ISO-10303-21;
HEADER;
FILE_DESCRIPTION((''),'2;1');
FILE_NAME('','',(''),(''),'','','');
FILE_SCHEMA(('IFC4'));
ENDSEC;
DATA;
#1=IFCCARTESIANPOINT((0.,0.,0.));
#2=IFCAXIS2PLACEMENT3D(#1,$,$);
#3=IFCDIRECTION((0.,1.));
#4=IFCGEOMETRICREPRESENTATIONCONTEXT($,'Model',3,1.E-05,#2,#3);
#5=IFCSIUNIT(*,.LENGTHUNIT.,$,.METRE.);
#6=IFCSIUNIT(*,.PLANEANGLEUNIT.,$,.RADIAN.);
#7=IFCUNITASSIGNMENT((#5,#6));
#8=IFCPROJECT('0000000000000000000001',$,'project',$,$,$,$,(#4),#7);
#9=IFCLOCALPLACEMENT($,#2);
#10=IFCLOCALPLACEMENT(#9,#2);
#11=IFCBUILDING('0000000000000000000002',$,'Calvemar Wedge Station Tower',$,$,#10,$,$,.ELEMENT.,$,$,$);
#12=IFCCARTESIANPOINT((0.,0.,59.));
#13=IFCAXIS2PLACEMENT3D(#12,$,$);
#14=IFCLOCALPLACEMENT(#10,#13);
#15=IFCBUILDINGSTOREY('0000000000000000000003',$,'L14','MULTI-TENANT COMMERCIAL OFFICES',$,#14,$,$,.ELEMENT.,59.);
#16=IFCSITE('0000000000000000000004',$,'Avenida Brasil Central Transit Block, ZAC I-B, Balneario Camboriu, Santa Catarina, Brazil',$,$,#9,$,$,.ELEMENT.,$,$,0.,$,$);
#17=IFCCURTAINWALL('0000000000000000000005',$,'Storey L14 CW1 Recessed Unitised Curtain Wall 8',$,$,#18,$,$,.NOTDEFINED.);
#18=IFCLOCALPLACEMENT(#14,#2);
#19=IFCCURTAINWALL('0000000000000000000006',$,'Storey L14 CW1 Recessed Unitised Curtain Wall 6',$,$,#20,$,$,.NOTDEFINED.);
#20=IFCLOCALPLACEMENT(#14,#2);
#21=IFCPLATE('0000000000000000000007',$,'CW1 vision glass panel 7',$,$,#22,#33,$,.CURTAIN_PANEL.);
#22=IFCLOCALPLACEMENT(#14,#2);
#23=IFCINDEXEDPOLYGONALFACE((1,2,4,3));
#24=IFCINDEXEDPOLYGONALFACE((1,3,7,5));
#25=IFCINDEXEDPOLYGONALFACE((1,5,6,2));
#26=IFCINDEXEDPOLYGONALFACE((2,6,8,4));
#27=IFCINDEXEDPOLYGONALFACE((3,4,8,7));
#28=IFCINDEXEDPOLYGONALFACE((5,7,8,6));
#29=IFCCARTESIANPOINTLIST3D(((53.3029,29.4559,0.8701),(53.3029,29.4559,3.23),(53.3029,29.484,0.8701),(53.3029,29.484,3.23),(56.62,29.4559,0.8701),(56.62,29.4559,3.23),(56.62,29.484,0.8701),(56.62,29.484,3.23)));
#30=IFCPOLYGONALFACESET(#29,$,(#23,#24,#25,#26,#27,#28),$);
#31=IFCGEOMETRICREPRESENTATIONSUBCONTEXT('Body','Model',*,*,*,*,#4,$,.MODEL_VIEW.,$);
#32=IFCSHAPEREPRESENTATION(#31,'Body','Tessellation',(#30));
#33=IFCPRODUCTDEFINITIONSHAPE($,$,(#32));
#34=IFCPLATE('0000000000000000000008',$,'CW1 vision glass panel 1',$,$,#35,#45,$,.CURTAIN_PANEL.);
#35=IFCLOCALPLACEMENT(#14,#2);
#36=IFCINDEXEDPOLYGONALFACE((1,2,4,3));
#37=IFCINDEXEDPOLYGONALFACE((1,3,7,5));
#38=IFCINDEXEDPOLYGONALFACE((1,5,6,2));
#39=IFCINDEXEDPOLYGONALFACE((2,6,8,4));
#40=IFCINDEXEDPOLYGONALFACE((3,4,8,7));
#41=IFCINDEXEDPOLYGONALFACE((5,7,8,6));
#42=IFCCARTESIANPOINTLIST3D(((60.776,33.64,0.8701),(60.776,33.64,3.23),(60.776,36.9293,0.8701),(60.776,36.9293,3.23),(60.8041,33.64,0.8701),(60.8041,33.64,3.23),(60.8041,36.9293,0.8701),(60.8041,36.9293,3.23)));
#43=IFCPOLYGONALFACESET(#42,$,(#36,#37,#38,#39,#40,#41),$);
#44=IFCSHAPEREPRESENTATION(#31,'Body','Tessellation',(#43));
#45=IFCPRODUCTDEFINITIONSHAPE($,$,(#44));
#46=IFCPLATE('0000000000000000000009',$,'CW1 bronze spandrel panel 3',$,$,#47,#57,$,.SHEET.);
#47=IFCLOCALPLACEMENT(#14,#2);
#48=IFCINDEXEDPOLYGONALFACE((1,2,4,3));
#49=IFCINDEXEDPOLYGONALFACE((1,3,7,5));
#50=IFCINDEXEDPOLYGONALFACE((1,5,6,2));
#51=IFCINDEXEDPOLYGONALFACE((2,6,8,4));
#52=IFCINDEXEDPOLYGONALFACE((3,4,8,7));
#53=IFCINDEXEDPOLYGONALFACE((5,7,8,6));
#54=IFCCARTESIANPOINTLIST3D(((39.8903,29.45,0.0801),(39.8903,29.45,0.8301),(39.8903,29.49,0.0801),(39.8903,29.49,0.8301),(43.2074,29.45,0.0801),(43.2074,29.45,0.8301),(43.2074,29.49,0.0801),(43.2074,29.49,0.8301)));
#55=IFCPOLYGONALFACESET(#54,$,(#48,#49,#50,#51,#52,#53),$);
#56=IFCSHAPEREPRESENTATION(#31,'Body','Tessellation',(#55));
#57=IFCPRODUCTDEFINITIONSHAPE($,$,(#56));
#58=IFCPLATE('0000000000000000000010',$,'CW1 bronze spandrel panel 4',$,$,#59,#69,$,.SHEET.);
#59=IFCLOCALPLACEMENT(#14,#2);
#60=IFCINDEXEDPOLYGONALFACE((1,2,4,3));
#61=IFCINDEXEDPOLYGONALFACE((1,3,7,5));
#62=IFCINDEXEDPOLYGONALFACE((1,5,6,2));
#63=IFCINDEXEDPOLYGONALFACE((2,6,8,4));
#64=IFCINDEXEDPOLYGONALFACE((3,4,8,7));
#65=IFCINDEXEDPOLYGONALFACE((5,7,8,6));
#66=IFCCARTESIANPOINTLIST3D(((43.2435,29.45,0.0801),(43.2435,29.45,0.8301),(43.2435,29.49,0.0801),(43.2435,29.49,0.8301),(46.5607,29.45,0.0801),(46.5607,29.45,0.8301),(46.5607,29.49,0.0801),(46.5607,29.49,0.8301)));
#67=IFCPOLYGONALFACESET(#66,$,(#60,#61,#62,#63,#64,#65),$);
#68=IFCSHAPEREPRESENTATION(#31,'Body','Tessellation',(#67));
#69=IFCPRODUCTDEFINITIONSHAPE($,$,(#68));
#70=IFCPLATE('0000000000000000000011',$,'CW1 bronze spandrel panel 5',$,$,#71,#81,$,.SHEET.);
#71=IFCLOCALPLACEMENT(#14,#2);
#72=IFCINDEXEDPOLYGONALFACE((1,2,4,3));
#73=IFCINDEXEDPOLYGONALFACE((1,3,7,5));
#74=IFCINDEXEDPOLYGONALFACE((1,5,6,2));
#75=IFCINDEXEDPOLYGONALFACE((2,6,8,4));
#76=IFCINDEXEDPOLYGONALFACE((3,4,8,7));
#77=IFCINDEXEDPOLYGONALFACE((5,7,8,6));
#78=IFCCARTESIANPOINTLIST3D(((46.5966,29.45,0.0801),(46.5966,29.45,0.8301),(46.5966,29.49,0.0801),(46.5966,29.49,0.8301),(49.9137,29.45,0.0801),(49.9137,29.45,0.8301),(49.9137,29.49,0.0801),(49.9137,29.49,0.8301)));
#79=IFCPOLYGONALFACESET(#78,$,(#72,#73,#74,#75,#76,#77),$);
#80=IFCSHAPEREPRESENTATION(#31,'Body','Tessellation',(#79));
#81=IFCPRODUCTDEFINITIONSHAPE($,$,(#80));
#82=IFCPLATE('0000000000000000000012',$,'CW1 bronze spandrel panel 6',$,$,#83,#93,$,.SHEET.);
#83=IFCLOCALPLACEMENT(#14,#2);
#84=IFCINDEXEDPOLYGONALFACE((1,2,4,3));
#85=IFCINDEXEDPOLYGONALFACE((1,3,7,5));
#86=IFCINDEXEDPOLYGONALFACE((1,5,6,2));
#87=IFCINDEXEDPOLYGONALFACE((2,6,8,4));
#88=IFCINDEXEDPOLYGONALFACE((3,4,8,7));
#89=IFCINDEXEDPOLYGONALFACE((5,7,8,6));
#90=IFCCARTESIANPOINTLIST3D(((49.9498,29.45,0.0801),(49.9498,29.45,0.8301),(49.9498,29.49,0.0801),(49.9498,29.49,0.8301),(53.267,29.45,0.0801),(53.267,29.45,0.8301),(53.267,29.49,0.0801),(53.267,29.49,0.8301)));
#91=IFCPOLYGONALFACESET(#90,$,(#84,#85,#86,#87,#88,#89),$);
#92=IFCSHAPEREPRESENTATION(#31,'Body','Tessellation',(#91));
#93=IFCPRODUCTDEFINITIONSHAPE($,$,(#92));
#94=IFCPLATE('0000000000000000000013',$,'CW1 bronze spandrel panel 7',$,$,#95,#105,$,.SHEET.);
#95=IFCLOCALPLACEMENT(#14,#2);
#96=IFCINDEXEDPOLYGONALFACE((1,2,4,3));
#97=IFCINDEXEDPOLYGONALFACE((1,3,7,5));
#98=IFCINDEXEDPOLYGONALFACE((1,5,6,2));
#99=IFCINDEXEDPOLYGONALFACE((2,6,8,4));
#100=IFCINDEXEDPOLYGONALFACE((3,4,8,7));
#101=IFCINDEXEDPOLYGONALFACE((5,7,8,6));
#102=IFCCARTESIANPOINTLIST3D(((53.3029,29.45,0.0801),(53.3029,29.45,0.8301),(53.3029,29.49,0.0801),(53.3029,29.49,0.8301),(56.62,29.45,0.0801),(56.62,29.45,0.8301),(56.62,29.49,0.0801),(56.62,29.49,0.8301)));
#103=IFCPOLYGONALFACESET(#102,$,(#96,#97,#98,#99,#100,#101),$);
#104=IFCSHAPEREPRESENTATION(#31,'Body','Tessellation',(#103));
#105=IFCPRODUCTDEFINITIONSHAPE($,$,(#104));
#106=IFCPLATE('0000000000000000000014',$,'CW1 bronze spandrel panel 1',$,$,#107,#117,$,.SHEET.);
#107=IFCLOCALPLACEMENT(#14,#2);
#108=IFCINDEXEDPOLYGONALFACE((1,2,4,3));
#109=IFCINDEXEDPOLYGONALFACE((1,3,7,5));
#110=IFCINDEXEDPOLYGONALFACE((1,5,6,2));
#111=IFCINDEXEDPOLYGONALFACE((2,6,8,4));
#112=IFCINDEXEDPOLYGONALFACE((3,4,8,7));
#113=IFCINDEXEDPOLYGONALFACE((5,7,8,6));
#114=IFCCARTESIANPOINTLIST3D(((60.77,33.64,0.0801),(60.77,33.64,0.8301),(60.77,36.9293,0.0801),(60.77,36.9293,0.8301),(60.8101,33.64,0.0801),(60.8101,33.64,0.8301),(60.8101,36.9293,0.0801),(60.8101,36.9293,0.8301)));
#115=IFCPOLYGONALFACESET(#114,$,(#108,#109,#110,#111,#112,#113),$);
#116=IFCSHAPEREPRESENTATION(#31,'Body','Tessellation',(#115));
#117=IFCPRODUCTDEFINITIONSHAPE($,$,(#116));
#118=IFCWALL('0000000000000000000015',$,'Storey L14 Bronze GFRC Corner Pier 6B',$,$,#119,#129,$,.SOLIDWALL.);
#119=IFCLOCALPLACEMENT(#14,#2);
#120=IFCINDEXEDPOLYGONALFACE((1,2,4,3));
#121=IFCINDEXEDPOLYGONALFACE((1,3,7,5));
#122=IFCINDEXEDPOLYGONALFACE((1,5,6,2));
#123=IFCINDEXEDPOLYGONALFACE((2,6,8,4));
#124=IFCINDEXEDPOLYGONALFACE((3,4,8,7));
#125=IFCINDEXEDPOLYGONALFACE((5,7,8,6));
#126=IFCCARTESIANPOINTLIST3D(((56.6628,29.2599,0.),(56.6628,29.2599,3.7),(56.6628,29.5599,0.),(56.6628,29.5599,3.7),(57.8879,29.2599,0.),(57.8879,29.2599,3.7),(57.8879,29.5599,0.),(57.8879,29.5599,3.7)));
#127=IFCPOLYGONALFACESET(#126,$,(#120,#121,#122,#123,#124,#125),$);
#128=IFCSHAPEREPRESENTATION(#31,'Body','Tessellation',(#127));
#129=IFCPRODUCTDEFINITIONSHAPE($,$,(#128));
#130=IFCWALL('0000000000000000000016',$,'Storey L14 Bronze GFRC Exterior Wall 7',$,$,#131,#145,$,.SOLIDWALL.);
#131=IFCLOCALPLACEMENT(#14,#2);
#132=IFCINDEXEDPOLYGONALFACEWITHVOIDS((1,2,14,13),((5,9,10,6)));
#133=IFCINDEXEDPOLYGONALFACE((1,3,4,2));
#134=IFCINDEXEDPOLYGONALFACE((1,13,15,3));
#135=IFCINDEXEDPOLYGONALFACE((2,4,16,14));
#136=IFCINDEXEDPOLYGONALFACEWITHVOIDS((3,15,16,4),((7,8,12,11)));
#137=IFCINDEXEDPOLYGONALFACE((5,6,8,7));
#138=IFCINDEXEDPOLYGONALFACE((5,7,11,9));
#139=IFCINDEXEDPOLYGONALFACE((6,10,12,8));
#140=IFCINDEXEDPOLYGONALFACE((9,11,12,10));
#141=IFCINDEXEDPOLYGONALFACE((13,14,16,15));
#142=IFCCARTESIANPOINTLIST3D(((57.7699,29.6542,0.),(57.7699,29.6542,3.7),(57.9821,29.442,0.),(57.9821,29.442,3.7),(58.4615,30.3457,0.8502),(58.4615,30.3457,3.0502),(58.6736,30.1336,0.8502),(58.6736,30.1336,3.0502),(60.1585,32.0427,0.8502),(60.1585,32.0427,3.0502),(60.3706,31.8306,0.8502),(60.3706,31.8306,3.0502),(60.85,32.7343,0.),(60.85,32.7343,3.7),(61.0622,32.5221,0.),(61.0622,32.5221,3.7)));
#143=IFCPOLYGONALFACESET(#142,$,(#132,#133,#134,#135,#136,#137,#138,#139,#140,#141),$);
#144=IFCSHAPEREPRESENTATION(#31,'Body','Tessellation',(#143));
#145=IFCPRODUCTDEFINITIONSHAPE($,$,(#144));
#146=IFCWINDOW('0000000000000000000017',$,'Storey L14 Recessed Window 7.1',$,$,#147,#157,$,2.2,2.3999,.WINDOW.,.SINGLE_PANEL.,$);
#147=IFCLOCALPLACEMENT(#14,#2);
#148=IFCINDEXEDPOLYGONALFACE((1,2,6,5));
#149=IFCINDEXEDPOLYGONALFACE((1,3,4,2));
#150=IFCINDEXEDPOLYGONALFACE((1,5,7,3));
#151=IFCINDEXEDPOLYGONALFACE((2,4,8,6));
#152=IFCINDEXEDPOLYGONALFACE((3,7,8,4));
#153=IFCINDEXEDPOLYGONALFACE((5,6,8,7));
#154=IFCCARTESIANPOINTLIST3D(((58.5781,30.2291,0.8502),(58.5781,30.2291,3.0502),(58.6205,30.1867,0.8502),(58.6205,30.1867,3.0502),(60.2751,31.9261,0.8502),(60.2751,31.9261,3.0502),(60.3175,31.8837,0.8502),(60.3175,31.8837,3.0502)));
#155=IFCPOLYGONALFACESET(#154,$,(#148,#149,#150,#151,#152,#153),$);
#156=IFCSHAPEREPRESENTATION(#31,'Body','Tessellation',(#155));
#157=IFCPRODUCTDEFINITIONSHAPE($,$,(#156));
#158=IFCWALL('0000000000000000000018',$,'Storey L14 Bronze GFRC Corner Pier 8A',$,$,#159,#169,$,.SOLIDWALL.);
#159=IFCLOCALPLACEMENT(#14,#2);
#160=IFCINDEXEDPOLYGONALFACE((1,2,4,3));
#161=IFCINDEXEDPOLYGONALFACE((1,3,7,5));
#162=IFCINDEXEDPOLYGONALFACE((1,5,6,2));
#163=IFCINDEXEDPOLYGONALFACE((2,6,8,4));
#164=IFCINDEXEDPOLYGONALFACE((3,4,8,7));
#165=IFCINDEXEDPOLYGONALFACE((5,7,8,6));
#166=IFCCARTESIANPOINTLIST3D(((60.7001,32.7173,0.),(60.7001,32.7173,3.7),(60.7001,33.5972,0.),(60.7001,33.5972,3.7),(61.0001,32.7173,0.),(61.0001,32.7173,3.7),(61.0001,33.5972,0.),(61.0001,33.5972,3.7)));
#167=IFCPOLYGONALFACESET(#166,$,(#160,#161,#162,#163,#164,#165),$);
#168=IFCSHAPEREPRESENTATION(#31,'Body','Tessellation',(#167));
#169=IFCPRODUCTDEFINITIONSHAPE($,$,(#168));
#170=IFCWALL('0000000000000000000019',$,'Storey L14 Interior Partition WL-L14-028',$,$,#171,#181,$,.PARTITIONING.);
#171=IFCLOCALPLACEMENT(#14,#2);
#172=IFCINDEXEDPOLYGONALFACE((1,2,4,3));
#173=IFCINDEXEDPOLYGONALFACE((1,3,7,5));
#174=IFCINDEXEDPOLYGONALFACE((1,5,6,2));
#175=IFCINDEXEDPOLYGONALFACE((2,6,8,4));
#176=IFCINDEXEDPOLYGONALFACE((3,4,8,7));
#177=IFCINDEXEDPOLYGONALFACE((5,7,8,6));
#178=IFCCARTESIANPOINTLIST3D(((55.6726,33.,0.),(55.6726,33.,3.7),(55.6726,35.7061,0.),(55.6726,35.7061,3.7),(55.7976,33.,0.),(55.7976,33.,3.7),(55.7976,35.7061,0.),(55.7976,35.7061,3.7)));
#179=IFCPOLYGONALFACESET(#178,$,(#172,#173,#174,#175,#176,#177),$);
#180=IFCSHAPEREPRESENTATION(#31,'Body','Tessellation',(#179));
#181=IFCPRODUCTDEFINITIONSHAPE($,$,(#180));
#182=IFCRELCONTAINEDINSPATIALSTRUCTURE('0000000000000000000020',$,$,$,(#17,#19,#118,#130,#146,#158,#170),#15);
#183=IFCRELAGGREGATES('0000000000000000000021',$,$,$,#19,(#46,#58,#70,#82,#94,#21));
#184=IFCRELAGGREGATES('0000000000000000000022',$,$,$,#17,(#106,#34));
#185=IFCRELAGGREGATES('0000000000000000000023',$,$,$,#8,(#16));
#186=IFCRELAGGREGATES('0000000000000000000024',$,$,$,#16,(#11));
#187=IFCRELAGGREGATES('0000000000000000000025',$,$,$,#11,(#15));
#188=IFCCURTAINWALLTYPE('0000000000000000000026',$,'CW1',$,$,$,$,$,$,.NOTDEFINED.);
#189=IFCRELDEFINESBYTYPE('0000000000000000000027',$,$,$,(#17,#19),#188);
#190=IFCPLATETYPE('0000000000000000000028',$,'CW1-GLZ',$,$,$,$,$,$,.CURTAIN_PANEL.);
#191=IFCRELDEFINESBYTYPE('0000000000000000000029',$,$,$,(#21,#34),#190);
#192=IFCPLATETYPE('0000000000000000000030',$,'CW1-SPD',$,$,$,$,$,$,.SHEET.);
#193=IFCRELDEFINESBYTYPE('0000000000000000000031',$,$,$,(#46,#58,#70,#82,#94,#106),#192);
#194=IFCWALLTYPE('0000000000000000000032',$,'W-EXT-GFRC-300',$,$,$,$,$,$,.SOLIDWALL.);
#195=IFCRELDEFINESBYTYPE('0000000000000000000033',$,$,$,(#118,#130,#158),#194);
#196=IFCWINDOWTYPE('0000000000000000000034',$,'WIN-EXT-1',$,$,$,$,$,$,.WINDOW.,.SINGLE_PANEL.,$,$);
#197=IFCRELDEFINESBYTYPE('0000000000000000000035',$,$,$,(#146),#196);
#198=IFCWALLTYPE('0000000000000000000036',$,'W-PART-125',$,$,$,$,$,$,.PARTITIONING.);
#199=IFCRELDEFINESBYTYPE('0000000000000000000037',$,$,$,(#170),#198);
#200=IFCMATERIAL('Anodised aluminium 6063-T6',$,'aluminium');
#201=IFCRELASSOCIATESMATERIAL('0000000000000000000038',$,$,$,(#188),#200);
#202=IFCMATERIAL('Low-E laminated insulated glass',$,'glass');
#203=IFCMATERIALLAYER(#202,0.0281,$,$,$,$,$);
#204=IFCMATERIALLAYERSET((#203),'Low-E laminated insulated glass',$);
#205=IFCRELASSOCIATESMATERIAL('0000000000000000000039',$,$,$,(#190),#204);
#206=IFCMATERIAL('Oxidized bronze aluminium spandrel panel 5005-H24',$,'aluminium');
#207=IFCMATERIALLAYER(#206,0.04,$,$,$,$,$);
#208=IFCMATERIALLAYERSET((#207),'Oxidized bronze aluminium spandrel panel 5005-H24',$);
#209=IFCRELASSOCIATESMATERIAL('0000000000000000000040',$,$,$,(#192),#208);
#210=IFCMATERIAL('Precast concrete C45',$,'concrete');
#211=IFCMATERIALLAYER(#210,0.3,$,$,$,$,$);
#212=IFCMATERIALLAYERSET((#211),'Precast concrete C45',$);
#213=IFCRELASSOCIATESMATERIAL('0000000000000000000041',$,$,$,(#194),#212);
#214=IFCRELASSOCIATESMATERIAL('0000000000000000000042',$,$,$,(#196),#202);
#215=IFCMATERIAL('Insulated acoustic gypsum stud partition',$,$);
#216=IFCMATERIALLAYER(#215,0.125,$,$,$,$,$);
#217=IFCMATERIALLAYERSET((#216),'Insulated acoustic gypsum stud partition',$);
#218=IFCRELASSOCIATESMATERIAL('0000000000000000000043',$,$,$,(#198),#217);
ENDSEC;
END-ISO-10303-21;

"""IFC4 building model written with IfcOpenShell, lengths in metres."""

from ifc_helpers import new_model, si_unit, direction, frame, frame_2d, origin, place, context, subcontext, project, spatial, rectangle, extrude, source, transform, mapped, material, layer, layer_set, type_object, element, fill, aggregate, save


model = new_model("IFC4")

# Units and contexts
model_context = context("Model", 3, precision=1e-05, world=origin(), true_north=direction((0.0, 1.0)))
body_context = subcontext(model_context, "Body", "Model", "MODEL_VIEW")
ifc_project = project(units=[si_unit("LENGTHUNIT", "METRE"), si_unit("PLANEANGLEUNIT", "RADIAN")], contexts=[model_context])

# Site, building, storey
site_placement = place(None, origin())
site = spatial("IfcSite", under=ifc_project, at=site_placement, Name="Avenida Brasil Central Transit Block, ZAC I-B, Balneario Camboriu, Santa Catarina, Brazil", CompositionType="ELEMENT", RefElevation=0.0)
building_placement = place(site_placement, origin())
building = spatial("IfcBuilding", under=site, at=building_placement, Name="Calvemar Wedge Station Tower", CompositionType="ELEMENT")
storey_placement = place(building_placement, frame((0.0, 0.0, 59.0)))
storey = spatial("IfcBuildingStorey", under=building, at=storey_placement, Name="L14", Description="MULTI-TENANT COMMERCIAL OFFICES", CompositionType="ELEMENT", Elevation=59.0)

# Curtain walls
ifc_material_1 = material(Name="Anodised aluminium 6063-T6", Category="aluminium")
curtain_wall_type = type_object("IfcCurtainWallType", Name="CW1", PredefinedType="NOTDEFINED", material=ifc_material_1)
curtain_wall_1_placement = place(storey_placement, origin())
curtain_wall_1 = element("IfcCurtainWall", 1, at=curtain_wall_1_placement, inside=storey, type_object=curtain_wall_type, Name="Storey L14 CW1 Recessed Unitised Curtain Wall 8", PredefinedType="NOTDEFINED")
curtain_wall_2_placement = place(storey_placement, origin())
curtain_wall_2 = element("IfcCurtainWall", 2, at=curtain_wall_2_placement, inside=storey, type_object=curtain_wall_type, Name="Storey L14 CW1 Recessed Unitised Curtain Wall 6", PredefinedType="NOTDEFINED")

# Plates
ifc_material_2 = material(Name="Low-E laminated insulated glass", Category="glass")
ifc_layer_1 = layer(ifc_material_2, 0.0281)
ifc_layer_set_1 = layer_set([ifc_layer_1], Name="Low-E laminated insulated glass")
plate_type_1 = type_object("IfcPlateType", Name="CW1-GLZ", PredefinedType="CURTAIN_PANEL", material=ifc_layer_set_1)
plate_1_placement = place(storey_placement, frame((53.3027, 29.47, 0.8701), z_axis=(0.0, 0.0, 1.0), x_axis=(1.0, 0.0, 0.0)))
plate_1 = element("IfcPlate", 3, at=plate_1_placement, type_object=plate_type_1, Name="CW1 vision glass panel 7", PredefinedType="CURTAIN_PANEL", context=body_context, shape_type="SweptSolid", body=[
    extrude(rectangle(XDim=3.3171, YDim=0.0281, at=frame_2d((1.6587, 0.0))), origin(), (0.0, 0.0, 1.0), 2.3599),
])
plate_2_placement = place(storey_placement, frame((60.79, 33.6401, 0.8701), z_axis=(0.0, 0.0, 1.0), x_axis=(0.0, 1.0, 0.0)))
plate_2 = element("IfcPlate", 4, at=plate_2_placement, type_object=plate_type_1, Name="CW1 vision glass panel 1", PredefinedType="CURTAIN_PANEL", context=body_context, shape_type="SweptSolid", body=[
    extrude(rectangle(XDim=3.2893, YDim=0.0281, at=frame_2d((1.6445, 0.0))), origin(), (0.0, 0.0, 1.0), 2.3599),
])
ifc_material_3 = material(Name="Oxidized bronze aluminium spandrel panel 5005-H24", Category="aluminium")
ifc_layer_2 = layer(ifc_material_3, 0.04)
ifc_layer_set_2 = layer_set([ifc_layer_2], Name="Oxidized bronze aluminium spandrel panel 5005-H24")
plate_type_2 = type_object("IfcPlateType", Name="CW1-SPD", PredefinedType="SHEET", material=ifc_layer_set_2)
plate_3_placement = place(storey_placement, frame((39.8901, 29.47, 0.0801), z_axis=(0.0, 0.0, 1.0), x_axis=(1.0, 0.0, 0.0)))
plate_3 = element("IfcPlate", 5, at=plate_3_placement, type_object=plate_type_2, Name="CW1 bronze spandrel panel 3", PredefinedType="SHEET", context=body_context, shape_type="SweptSolid", body=[
    extrude(rectangle(XDim=3.3171, YDim=0.04, at=frame_2d((1.6587, 0.0))), origin(), (0.0, 0.0, 1.0), 0.75),
])
plate_4_placement = place(storey_placement, frame((43.2434, 29.47, 0.0801), z_axis=(0.0, 0.0, 1.0), x_axis=(1.0, 0.0, 0.0)))
plate_4 = element("IfcPlate", 6, at=plate_4_placement, type_object=plate_type_2, Name="CW1 bronze spandrel panel 4", PredefinedType="SHEET", context=body_context, shape_type="SweptSolid", body=[
    extrude(rectangle(XDim=3.3171, YDim=0.04, at=frame_2d((1.6587, 0.0))), origin(), (0.0, 0.0, 1.0), 0.75),
])
plate_5_placement = place(storey_placement, frame((46.5964, 29.47, 0.0801), z_axis=(0.0, 0.0, 1.0), x_axis=(1.0, 0.0, 0.0)))
plate_5 = element("IfcPlate", 7, at=plate_5_placement, type_object=plate_type_2, Name="CW1 bronze spandrel panel 5", PredefinedType="SHEET", context=body_context, shape_type="SweptSolid", body=[
    extrude(rectangle(XDim=3.3171, YDim=0.04, at=frame_2d((1.6587, 0.0))), origin(), (0.0, 0.0, 1.0), 0.75),
])
plate_6_placement = place(storey_placement, frame((49.9497, 29.47, 0.0801), z_axis=(0.0, 0.0, 1.0), x_axis=(1.0, 0.0, 0.0)))
plate_6 = element("IfcPlate", 8, at=plate_6_placement, type_object=plate_type_2, Name="CW1 bronze spandrel panel 6", PredefinedType="SHEET", context=body_context, shape_type="SweptSolid", body=[
    extrude(rectangle(XDim=3.3171, YDim=0.04, at=frame_2d((1.6587, 0.0))), origin(), (0.0, 0.0, 1.0), 0.75),
])
plate_7_placement = place(storey_placement, frame((53.3027, 29.47, 0.0801), z_axis=(0.0, 0.0, 1.0), x_axis=(1.0, 0.0, 0.0)))
plate_7 = element("IfcPlate", 9, at=plate_7_placement, type_object=plate_type_2, Name="CW1 bronze spandrel panel 7", PredefinedType="SHEET", context=body_context, shape_type="SweptSolid", body=[
    extrude(rectangle(XDim=3.3171, YDim=0.04, at=frame_2d((1.6587, 0.0))), origin(), (0.0, 0.0, 1.0), 0.75),
])
aggregate(curtain_wall_2, [plate_3, plate_4, plate_5, plate_6, plate_7, plate_1])
plate_8_placement = place(storey_placement, frame((60.79, 33.6401, 0.0801), z_axis=(0.0, 0.0, 1.0), x_axis=(0.0, 1.0, 0.0)))
plate_8 = element("IfcPlate", 10, at=plate_8_placement, type_object=plate_type_2, Name="CW1 bronze spandrel panel 1", PredefinedType="SHEET", context=body_context, shape_type="SweptSolid", body=[
    extrude(rectangle(XDim=3.2893, YDim=0.04, at=frame_2d((1.6445, 0.0))), origin(), (0.0, 0.0, 1.0), 0.75),
])
aggregate(curtain_wall_1, [plate_8, plate_2])

# Wall
ifc_material_4 = material(Name="Precast concrete C45", Category="concrete")
ifc_layer_3 = layer(ifc_material_4, 0.3)
ifc_layer_set_3 = layer_set([ifc_layer_3], Name="Precast concrete C45")
wall_type_1 = type_object("IfcWallType", Name="W-EXT-GFRC-300", PredefinedType="SOLIDWALL", material=ifc_layer_set_3)
wall_1_placement = place(storey_placement, frame((56.6628, 29.4099, 0.0), z_axis=(0.0, 0.0, 1.0), x_axis=(1.0, 0.0, 0.0)))
element("IfcWall", 11, at=wall_1_placement, inside=storey, type_object=wall_type_1, Name="Storey L14 Bronze GFRC Corner Pier 6B", PredefinedType="SOLIDWALL", context=body_context, shape_type="SweptSolid", body=[
    extrude(rectangle(XDim=1.2251, YDim=0.3, at=frame_2d((0.6125, 0.0))), origin(), (0.0, 0.0, 1.0), 3.7),
])

# Wall, opening, window
wall_2_placement = place(storey_placement, frame((57.876, 29.5481, 0.0), z_axis=(0.0, 0.0, 1.0), x_axis=(0.707107, 0.707107, 0.0)))
wall_2 = element("IfcWall", 12, at=wall_2_placement, inside=storey, type_object=wall_type_1, Name="Storey L14 Bronze GFRC Exterior Wall 7", PredefinedType="SOLIDWALL", context=body_context, shape_type="SweptSolid", body=[
    extrude(rectangle(XDim=4.356, YDim=0.3, at=frame_2d((2.178, 0.0))), origin(), (0.0, 0.0, 1.0), 3.7),
])
shared_shape_1 = source(origin(), body_context, "Body", "SweptSolid", [
    extrude(rectangle(XDim=2.3999, YDim=2.2, at=frame_2d((1.2, 1.1001))), frame((0.0, 0.1602, 0.0), z_axis=(0.0, -1.0, 0.0), x_axis=(1.0, 0.0, 0.0)), (0.0, 0.0, 1.0), 0.3201),
])
opening_placement = place(wall_2_placement, frame((0.978, 0.0, 0.8501)))
opening = element("IfcOpeningElement", 13, at=opening_placement, cuts=wall_2, PredefinedType="OPENING", context=body_context, shape_type="MappedRepresentation", body=[
    mapped(shared_shape_1, transform((0.0, 0.0, 0.0), scale=1.0)),
])
window_type = type_object("IfcWindowType", Name="WIN-EXT-1", PartitioningType="SINGLE_PANEL", PredefinedType="WINDOW", material=ifc_material_2)
shared_shape_2 = source(origin(), body_context, "Body", "SweptSolid", [
    extrude(rectangle(XDim=2.3999, YDim=2.2, at=frame_2d((1.2, 1.1001))), frame((0.0, -0.0149, 0.0), z_axis=(0.0, -1.0, 0.0), x_axis=(1.0, 0.0, 0.0)), (0.0, 0.0, 1.0), 0.0601),
])
window_placement = place(opening_placement, origin())
window = element("IfcWindow", 14, at=window_placement, inside=storey, type_object=window_type, Name="Storey L14 Recessed Window 7.1", OverallHeight=2.2, OverallWidth=2.3999, PartitioningType="SINGLE_PANEL", PredefinedType="WINDOW", context=body_context, shape_type="MappedRepresentation", body=[
    mapped(shared_shape_2, transform((0.0, 0.0, 0.0), scale=1.0)),
])
fill(opening, window)

# Walls
wall_3_placement = place(storey_placement, frame((60.8501, 32.7173, 0.0), z_axis=(0.0, 0.0, 1.0), x_axis=(0.0, 1.0, 0.0)))
element("IfcWall", 15, at=wall_3_placement, inside=storey, type_object=wall_type_1, Name="Storey L14 Bronze GFRC Corner Pier 8A", PredefinedType="SOLIDWALL", context=body_context, shape_type="SweptSolid", body=[
    extrude(rectangle(XDim=0.8799, YDim=0.3, at=frame_2d((0.4399, 0.0))), origin(), (0.0, 0.0, 1.0), 3.7),
])
ifc_material_5 = material(Name="Insulated acoustic gypsum stud partition")
ifc_layer_4 = layer(ifc_material_5, 0.125)
ifc_layer_set_4 = layer_set([ifc_layer_4], Name="Insulated acoustic gypsum stud partition")
wall_type_2 = type_object("IfcWallType", Name="W-PART-125", PredefinedType="PARTITIONING", material=ifc_layer_set_4)
wall_4_placement = place(storey_placement, frame((55.7351, 33.0, 0.0), z_axis=(0.0, 0.0, 1.0), x_axis=(0.0, 1.0, 0.0)))
element("IfcWall", 16, at=wall_4_placement, inside=storey, type_object=wall_type_2, Name="Storey L14 Interior Partition WL-L14-028", PredefinedType="PARTITIONING", context=body_context, shape_type="SweptSolid", body=[
    extrude(rectangle(XDim=2.7061, YDim=0.125, at=frame_2d((1.353, 0.0))), origin(), (0.0, 0.0, 1.0), 3.7),
])

save(model, "model.ifc")
